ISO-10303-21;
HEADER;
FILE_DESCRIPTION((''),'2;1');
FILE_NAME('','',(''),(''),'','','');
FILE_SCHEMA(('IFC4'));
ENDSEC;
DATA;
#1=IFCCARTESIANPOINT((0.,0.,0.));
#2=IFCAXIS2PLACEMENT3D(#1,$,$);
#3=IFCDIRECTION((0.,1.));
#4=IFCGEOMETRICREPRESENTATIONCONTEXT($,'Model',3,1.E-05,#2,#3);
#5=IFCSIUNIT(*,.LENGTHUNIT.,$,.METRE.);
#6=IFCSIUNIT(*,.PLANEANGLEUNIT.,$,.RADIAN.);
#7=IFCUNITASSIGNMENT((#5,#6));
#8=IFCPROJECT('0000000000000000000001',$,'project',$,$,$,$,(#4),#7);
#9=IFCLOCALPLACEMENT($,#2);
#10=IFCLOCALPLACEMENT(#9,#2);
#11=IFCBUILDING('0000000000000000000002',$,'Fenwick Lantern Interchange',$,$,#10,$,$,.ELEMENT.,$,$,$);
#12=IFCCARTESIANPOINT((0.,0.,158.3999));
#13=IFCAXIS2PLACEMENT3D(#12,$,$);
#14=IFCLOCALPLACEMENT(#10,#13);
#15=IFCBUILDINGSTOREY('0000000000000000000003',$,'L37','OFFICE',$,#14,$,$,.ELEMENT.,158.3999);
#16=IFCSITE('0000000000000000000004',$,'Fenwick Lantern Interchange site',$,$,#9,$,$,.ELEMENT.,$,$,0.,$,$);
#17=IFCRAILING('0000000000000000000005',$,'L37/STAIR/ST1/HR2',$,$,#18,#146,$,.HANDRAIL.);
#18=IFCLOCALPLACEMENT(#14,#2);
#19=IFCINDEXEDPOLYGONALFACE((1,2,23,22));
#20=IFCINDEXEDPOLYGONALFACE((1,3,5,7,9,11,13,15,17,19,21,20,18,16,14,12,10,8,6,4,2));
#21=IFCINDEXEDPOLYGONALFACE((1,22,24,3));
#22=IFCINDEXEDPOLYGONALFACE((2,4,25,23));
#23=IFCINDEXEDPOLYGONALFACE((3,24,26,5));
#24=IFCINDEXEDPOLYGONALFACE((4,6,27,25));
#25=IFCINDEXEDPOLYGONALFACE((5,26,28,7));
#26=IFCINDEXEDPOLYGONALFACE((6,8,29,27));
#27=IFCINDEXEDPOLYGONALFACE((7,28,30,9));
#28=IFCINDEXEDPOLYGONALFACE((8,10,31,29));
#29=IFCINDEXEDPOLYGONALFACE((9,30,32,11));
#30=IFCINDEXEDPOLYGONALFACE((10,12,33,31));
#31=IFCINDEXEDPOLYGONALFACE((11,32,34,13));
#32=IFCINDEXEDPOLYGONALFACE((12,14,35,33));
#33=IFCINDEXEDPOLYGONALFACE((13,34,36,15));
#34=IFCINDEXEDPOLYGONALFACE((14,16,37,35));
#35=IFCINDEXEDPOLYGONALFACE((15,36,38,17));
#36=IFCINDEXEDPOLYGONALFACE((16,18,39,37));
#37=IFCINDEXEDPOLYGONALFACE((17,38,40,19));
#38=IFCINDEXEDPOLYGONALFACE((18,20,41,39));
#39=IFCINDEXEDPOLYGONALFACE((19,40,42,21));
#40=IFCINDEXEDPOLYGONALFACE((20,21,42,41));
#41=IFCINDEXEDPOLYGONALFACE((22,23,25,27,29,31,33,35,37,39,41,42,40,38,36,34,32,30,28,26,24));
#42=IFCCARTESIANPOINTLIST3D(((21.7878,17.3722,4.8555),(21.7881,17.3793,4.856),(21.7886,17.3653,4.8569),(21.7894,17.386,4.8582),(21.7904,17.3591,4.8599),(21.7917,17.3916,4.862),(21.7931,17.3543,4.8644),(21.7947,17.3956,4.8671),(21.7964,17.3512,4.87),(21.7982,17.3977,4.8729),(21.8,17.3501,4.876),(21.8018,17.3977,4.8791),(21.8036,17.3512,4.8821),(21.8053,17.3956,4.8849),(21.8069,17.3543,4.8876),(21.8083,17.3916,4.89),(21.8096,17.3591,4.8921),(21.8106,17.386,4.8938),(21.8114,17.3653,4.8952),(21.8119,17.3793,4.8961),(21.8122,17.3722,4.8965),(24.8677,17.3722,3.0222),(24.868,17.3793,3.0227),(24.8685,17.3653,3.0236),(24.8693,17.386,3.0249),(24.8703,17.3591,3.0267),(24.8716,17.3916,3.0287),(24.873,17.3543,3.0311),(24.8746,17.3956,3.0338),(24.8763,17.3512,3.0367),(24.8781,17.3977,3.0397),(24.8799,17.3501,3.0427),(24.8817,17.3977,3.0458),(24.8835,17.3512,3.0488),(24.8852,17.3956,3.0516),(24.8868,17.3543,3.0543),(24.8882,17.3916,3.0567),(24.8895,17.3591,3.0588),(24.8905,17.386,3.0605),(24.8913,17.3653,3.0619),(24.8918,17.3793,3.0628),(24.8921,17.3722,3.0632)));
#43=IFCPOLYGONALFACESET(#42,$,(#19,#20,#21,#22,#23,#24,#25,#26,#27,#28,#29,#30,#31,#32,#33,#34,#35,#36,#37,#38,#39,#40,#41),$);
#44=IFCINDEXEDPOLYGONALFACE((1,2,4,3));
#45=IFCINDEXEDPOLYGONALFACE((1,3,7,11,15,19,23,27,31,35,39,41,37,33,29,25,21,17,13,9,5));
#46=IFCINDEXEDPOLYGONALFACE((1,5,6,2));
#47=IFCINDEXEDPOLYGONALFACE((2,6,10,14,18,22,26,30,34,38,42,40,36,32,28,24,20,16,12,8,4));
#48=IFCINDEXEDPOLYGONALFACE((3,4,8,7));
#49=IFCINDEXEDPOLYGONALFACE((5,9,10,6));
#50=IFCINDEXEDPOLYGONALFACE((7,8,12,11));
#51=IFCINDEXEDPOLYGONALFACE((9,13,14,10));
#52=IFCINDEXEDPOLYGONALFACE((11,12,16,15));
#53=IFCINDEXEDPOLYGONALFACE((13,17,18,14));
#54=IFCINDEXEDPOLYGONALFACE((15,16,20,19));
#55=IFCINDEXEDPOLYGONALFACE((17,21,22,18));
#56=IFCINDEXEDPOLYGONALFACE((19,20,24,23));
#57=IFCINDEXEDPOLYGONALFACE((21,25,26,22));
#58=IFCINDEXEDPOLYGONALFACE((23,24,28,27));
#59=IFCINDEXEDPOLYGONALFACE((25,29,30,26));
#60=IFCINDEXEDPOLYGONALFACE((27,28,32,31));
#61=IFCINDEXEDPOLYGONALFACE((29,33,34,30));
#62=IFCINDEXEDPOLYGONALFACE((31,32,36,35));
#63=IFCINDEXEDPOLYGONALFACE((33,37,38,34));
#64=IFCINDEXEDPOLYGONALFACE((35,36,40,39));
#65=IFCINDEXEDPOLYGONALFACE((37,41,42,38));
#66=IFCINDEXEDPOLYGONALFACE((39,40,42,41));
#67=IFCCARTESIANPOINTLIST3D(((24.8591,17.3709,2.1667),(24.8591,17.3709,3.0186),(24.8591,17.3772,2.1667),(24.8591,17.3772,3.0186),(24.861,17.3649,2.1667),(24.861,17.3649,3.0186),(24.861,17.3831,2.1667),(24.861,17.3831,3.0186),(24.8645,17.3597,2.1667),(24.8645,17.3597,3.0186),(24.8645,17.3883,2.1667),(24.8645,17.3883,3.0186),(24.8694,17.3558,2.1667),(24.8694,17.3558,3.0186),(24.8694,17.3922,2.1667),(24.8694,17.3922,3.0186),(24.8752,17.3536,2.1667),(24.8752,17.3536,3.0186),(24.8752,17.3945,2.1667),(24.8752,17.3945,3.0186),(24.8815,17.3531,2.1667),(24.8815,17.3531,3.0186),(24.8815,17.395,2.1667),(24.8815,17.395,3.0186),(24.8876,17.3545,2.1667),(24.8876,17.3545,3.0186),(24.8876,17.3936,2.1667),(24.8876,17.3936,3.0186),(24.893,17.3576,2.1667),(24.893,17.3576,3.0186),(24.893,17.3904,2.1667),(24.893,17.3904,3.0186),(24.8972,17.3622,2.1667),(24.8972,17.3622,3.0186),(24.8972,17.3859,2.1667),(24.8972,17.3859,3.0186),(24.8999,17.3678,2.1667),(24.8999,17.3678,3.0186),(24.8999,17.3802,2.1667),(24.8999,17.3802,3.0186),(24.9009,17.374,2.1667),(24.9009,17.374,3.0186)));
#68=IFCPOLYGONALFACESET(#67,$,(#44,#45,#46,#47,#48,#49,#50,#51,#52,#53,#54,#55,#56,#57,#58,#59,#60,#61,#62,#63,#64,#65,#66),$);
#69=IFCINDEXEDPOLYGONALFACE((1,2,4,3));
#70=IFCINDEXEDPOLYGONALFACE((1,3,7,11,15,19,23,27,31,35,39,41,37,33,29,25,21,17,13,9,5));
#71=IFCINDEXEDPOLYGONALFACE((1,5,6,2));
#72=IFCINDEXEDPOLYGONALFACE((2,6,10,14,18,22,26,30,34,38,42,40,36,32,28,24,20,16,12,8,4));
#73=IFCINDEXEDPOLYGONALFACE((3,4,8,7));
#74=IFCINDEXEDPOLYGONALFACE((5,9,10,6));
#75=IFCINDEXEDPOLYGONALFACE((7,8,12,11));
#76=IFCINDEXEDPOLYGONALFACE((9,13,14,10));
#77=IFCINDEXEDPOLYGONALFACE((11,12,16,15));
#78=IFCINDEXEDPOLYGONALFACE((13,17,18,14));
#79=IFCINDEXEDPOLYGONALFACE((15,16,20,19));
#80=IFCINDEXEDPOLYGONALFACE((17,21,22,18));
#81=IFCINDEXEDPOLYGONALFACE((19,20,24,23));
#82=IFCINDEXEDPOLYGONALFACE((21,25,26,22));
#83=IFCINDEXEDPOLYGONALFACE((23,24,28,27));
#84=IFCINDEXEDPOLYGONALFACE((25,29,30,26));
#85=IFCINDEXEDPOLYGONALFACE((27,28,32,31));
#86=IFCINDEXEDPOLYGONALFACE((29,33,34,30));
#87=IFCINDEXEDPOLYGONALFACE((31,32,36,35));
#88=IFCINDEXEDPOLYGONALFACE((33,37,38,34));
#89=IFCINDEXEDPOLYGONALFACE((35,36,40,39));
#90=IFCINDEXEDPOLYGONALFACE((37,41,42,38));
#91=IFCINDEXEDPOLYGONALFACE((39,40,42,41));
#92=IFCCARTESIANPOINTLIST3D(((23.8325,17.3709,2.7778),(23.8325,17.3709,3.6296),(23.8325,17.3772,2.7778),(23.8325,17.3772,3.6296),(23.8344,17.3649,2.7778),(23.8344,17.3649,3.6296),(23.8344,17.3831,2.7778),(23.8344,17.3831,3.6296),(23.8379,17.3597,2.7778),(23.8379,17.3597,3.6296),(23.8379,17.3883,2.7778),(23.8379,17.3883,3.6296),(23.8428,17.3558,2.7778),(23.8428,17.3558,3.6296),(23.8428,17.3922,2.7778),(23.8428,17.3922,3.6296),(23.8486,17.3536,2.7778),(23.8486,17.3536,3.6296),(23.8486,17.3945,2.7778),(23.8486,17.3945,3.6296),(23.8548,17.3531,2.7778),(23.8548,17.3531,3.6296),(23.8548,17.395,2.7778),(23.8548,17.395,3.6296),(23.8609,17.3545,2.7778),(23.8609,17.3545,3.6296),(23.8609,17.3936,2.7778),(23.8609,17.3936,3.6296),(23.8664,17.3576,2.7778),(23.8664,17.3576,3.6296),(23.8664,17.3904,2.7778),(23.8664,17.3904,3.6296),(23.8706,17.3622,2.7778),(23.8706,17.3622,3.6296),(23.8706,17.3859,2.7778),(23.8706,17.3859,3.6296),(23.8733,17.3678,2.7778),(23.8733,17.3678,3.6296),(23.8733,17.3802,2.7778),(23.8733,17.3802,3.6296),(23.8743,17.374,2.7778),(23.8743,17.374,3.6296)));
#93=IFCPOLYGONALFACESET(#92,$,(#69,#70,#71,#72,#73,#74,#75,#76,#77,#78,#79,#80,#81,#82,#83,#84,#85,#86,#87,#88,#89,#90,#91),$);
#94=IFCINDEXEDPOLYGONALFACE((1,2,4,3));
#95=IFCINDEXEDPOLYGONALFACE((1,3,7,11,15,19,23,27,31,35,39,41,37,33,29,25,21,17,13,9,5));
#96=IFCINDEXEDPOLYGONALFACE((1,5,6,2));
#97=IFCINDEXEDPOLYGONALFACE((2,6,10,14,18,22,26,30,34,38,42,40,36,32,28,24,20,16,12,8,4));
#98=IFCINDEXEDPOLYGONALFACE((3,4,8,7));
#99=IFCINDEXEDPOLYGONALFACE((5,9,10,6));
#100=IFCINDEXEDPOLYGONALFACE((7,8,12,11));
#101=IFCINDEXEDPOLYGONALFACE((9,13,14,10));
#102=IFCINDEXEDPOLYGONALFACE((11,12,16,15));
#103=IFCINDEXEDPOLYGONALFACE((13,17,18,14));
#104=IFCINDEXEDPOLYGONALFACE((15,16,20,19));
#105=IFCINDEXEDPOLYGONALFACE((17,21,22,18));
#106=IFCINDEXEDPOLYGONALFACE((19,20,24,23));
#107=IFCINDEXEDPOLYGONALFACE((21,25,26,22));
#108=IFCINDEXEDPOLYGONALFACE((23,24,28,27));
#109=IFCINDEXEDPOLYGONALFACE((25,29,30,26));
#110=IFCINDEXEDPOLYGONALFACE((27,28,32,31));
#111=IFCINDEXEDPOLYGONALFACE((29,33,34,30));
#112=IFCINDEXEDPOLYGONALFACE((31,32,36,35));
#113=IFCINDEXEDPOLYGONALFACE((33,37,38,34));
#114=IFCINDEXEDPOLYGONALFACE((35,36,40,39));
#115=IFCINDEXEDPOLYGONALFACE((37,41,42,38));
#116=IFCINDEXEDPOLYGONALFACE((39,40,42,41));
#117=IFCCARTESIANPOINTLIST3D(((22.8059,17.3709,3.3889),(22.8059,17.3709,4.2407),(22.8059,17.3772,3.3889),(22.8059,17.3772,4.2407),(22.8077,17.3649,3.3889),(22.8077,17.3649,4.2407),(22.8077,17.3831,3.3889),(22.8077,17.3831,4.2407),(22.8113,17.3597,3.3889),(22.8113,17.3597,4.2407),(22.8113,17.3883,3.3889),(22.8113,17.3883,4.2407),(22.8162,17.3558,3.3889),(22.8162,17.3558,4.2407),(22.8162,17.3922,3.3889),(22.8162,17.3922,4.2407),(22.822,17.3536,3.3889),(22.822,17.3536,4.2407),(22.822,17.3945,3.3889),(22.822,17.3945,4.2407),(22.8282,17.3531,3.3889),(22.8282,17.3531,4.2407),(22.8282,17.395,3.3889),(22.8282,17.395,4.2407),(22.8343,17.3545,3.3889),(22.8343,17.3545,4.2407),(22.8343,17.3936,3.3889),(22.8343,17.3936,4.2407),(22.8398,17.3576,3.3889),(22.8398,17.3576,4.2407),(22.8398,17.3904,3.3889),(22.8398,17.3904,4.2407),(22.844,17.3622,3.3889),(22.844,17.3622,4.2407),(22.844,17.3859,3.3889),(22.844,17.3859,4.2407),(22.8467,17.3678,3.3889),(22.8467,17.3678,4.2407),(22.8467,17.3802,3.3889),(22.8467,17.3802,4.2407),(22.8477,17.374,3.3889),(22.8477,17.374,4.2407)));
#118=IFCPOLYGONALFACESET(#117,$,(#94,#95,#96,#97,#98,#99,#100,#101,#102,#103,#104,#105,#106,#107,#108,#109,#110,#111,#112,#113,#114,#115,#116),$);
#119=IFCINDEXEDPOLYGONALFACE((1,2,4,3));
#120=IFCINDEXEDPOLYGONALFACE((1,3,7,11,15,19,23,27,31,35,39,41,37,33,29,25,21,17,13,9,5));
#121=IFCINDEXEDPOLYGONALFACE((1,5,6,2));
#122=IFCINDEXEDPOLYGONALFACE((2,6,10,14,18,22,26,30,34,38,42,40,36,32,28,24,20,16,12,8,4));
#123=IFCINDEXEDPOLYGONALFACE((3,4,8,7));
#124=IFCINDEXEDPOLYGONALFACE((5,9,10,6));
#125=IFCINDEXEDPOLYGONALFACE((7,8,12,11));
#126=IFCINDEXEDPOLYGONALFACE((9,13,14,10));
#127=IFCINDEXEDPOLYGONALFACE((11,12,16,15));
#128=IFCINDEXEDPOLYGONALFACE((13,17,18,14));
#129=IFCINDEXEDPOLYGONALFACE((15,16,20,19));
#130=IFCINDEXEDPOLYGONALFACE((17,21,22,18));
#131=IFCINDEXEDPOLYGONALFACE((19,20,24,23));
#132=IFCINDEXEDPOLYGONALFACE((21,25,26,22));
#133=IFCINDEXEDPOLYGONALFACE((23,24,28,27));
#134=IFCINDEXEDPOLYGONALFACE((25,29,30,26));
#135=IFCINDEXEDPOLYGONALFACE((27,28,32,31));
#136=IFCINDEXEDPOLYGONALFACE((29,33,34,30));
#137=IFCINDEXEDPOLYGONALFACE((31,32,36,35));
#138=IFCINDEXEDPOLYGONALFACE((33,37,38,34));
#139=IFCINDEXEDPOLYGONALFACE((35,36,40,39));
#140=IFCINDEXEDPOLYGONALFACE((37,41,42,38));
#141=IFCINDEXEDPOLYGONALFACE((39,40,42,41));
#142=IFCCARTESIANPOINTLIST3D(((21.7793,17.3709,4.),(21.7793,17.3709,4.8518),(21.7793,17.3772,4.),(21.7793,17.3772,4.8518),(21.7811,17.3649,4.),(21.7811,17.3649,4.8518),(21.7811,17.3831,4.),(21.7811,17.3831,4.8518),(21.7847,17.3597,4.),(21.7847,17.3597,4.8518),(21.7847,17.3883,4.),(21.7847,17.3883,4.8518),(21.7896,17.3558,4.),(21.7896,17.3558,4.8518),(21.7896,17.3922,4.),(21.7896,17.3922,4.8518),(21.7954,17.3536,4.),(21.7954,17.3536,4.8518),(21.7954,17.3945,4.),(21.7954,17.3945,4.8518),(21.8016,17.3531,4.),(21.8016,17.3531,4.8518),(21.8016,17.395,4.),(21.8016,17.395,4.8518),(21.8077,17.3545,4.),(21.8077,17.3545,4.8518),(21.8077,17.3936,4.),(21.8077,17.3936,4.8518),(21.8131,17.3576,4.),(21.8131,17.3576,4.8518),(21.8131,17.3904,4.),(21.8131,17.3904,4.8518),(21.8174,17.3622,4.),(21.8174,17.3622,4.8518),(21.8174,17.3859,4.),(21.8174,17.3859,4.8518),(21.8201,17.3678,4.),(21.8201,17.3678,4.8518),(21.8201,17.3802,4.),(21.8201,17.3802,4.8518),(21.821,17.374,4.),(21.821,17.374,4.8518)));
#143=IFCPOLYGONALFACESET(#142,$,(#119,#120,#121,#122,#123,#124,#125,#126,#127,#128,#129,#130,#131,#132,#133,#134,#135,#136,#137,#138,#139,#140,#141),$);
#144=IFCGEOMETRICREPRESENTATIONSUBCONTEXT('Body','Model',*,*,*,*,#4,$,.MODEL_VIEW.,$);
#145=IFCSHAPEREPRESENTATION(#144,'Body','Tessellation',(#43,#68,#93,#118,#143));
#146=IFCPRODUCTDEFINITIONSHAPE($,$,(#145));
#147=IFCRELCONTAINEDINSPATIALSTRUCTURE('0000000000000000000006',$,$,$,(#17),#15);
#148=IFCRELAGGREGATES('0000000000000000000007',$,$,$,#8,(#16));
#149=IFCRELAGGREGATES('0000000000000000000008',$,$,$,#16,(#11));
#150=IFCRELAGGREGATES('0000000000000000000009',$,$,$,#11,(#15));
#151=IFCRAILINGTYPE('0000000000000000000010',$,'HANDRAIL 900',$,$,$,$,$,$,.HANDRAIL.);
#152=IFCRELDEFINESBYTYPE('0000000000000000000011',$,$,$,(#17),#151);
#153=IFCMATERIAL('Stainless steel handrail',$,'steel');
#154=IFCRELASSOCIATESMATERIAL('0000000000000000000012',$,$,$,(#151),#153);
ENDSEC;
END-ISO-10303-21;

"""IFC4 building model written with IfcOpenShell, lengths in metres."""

from ifc_helpers import new_model, si_unit, direction, frame, origin, origin_2d, place, context, subcontext, project, spatial, circle, extrude, material, type_object, element, save


model = new_model("IFC4")

# Units and contexts
model_context = context("Model", 3, precision=1e-05, world=origin(), true_north=direction((0.0, 1.0)))
body_context = subcontext(model_context, "Body", "Model", "MODEL_VIEW")
ifc_project = project(units=[si_unit("LENGTHUNIT", "METRE"), si_unit("PLANEANGLEUNIT", "RADIAN")], contexts=[model_context])

# Site, building, storey
site_placement = place(None, origin())
site = spatial("IfcSite", under=ifc_project, at=site_placement, Name="Fenwick Lantern Interchange site", CompositionType="ELEMENT", RefElevation=0.0)
building_placement = place(site_placement, origin())
building = spatial("IfcBuilding", under=site, at=building_placement, Name="Fenwick Lantern Interchange", CompositionType="ELEMENT")
storey_placement = place(building_placement, frame((0.0, 0.0, 158.3999)))
storey = spatial("IfcBuildingStorey", under=building, at=storey_placement, Name="L37", Description="OFFICE", CompositionType="ELEMENT", Elevation=158.3999)

# Railing
ifc_material_1 = material(Name="Stainless steel handrail", Category="steel")
railing_type = type_object("IfcRailingType", Name="HANDRAIL 900", PredefinedType="HANDRAIL", material=ifc_material_1)
railing_1_placement = place(storey_placement, frame((24.8799, 17.374, 2.1667)))
element("IfcRailing", 1, at=railing_1_placement, inside=storey, type_object=railing_type, Name="L37/STAIR/ST1/HR2", PredefinedType="HANDRAIL", context=body_context, shape_type="SweptSolid", body=[
    extrude(circle(Radius=0.0239, at=origin_2d()), frame((0.0, 0.0, 0.876), z_axis=(-0.859291, 0.0, 0.511487), x_axis=(0.0, -1.0, 0.0)), (0.0, 0.0, 1.0), 3.5842),
    extrude(circle(Radius=0.021, at=origin_2d()), origin(), (0.0, 0.0, 1.0), 0.8518),
    extrude(circle(Radius=0.021, at=origin_2d()), frame((-1.0266, 0.0, 0.6111)), (0.0, 0.0, 1.0), 0.8518),
    extrude(circle(Radius=0.021, at=origin_2d()), frame((-2.0532, 0.0, 1.2222)), (0.0, 0.0, 1.0), 0.8518),
    extrude(circle(Radius=0.021, at=origin_2d()), frame((-3.0798, 0.0, 1.8333)), (0.0, 0.0, 1.0), 0.8518),
])

save(model, "model.ifc")
